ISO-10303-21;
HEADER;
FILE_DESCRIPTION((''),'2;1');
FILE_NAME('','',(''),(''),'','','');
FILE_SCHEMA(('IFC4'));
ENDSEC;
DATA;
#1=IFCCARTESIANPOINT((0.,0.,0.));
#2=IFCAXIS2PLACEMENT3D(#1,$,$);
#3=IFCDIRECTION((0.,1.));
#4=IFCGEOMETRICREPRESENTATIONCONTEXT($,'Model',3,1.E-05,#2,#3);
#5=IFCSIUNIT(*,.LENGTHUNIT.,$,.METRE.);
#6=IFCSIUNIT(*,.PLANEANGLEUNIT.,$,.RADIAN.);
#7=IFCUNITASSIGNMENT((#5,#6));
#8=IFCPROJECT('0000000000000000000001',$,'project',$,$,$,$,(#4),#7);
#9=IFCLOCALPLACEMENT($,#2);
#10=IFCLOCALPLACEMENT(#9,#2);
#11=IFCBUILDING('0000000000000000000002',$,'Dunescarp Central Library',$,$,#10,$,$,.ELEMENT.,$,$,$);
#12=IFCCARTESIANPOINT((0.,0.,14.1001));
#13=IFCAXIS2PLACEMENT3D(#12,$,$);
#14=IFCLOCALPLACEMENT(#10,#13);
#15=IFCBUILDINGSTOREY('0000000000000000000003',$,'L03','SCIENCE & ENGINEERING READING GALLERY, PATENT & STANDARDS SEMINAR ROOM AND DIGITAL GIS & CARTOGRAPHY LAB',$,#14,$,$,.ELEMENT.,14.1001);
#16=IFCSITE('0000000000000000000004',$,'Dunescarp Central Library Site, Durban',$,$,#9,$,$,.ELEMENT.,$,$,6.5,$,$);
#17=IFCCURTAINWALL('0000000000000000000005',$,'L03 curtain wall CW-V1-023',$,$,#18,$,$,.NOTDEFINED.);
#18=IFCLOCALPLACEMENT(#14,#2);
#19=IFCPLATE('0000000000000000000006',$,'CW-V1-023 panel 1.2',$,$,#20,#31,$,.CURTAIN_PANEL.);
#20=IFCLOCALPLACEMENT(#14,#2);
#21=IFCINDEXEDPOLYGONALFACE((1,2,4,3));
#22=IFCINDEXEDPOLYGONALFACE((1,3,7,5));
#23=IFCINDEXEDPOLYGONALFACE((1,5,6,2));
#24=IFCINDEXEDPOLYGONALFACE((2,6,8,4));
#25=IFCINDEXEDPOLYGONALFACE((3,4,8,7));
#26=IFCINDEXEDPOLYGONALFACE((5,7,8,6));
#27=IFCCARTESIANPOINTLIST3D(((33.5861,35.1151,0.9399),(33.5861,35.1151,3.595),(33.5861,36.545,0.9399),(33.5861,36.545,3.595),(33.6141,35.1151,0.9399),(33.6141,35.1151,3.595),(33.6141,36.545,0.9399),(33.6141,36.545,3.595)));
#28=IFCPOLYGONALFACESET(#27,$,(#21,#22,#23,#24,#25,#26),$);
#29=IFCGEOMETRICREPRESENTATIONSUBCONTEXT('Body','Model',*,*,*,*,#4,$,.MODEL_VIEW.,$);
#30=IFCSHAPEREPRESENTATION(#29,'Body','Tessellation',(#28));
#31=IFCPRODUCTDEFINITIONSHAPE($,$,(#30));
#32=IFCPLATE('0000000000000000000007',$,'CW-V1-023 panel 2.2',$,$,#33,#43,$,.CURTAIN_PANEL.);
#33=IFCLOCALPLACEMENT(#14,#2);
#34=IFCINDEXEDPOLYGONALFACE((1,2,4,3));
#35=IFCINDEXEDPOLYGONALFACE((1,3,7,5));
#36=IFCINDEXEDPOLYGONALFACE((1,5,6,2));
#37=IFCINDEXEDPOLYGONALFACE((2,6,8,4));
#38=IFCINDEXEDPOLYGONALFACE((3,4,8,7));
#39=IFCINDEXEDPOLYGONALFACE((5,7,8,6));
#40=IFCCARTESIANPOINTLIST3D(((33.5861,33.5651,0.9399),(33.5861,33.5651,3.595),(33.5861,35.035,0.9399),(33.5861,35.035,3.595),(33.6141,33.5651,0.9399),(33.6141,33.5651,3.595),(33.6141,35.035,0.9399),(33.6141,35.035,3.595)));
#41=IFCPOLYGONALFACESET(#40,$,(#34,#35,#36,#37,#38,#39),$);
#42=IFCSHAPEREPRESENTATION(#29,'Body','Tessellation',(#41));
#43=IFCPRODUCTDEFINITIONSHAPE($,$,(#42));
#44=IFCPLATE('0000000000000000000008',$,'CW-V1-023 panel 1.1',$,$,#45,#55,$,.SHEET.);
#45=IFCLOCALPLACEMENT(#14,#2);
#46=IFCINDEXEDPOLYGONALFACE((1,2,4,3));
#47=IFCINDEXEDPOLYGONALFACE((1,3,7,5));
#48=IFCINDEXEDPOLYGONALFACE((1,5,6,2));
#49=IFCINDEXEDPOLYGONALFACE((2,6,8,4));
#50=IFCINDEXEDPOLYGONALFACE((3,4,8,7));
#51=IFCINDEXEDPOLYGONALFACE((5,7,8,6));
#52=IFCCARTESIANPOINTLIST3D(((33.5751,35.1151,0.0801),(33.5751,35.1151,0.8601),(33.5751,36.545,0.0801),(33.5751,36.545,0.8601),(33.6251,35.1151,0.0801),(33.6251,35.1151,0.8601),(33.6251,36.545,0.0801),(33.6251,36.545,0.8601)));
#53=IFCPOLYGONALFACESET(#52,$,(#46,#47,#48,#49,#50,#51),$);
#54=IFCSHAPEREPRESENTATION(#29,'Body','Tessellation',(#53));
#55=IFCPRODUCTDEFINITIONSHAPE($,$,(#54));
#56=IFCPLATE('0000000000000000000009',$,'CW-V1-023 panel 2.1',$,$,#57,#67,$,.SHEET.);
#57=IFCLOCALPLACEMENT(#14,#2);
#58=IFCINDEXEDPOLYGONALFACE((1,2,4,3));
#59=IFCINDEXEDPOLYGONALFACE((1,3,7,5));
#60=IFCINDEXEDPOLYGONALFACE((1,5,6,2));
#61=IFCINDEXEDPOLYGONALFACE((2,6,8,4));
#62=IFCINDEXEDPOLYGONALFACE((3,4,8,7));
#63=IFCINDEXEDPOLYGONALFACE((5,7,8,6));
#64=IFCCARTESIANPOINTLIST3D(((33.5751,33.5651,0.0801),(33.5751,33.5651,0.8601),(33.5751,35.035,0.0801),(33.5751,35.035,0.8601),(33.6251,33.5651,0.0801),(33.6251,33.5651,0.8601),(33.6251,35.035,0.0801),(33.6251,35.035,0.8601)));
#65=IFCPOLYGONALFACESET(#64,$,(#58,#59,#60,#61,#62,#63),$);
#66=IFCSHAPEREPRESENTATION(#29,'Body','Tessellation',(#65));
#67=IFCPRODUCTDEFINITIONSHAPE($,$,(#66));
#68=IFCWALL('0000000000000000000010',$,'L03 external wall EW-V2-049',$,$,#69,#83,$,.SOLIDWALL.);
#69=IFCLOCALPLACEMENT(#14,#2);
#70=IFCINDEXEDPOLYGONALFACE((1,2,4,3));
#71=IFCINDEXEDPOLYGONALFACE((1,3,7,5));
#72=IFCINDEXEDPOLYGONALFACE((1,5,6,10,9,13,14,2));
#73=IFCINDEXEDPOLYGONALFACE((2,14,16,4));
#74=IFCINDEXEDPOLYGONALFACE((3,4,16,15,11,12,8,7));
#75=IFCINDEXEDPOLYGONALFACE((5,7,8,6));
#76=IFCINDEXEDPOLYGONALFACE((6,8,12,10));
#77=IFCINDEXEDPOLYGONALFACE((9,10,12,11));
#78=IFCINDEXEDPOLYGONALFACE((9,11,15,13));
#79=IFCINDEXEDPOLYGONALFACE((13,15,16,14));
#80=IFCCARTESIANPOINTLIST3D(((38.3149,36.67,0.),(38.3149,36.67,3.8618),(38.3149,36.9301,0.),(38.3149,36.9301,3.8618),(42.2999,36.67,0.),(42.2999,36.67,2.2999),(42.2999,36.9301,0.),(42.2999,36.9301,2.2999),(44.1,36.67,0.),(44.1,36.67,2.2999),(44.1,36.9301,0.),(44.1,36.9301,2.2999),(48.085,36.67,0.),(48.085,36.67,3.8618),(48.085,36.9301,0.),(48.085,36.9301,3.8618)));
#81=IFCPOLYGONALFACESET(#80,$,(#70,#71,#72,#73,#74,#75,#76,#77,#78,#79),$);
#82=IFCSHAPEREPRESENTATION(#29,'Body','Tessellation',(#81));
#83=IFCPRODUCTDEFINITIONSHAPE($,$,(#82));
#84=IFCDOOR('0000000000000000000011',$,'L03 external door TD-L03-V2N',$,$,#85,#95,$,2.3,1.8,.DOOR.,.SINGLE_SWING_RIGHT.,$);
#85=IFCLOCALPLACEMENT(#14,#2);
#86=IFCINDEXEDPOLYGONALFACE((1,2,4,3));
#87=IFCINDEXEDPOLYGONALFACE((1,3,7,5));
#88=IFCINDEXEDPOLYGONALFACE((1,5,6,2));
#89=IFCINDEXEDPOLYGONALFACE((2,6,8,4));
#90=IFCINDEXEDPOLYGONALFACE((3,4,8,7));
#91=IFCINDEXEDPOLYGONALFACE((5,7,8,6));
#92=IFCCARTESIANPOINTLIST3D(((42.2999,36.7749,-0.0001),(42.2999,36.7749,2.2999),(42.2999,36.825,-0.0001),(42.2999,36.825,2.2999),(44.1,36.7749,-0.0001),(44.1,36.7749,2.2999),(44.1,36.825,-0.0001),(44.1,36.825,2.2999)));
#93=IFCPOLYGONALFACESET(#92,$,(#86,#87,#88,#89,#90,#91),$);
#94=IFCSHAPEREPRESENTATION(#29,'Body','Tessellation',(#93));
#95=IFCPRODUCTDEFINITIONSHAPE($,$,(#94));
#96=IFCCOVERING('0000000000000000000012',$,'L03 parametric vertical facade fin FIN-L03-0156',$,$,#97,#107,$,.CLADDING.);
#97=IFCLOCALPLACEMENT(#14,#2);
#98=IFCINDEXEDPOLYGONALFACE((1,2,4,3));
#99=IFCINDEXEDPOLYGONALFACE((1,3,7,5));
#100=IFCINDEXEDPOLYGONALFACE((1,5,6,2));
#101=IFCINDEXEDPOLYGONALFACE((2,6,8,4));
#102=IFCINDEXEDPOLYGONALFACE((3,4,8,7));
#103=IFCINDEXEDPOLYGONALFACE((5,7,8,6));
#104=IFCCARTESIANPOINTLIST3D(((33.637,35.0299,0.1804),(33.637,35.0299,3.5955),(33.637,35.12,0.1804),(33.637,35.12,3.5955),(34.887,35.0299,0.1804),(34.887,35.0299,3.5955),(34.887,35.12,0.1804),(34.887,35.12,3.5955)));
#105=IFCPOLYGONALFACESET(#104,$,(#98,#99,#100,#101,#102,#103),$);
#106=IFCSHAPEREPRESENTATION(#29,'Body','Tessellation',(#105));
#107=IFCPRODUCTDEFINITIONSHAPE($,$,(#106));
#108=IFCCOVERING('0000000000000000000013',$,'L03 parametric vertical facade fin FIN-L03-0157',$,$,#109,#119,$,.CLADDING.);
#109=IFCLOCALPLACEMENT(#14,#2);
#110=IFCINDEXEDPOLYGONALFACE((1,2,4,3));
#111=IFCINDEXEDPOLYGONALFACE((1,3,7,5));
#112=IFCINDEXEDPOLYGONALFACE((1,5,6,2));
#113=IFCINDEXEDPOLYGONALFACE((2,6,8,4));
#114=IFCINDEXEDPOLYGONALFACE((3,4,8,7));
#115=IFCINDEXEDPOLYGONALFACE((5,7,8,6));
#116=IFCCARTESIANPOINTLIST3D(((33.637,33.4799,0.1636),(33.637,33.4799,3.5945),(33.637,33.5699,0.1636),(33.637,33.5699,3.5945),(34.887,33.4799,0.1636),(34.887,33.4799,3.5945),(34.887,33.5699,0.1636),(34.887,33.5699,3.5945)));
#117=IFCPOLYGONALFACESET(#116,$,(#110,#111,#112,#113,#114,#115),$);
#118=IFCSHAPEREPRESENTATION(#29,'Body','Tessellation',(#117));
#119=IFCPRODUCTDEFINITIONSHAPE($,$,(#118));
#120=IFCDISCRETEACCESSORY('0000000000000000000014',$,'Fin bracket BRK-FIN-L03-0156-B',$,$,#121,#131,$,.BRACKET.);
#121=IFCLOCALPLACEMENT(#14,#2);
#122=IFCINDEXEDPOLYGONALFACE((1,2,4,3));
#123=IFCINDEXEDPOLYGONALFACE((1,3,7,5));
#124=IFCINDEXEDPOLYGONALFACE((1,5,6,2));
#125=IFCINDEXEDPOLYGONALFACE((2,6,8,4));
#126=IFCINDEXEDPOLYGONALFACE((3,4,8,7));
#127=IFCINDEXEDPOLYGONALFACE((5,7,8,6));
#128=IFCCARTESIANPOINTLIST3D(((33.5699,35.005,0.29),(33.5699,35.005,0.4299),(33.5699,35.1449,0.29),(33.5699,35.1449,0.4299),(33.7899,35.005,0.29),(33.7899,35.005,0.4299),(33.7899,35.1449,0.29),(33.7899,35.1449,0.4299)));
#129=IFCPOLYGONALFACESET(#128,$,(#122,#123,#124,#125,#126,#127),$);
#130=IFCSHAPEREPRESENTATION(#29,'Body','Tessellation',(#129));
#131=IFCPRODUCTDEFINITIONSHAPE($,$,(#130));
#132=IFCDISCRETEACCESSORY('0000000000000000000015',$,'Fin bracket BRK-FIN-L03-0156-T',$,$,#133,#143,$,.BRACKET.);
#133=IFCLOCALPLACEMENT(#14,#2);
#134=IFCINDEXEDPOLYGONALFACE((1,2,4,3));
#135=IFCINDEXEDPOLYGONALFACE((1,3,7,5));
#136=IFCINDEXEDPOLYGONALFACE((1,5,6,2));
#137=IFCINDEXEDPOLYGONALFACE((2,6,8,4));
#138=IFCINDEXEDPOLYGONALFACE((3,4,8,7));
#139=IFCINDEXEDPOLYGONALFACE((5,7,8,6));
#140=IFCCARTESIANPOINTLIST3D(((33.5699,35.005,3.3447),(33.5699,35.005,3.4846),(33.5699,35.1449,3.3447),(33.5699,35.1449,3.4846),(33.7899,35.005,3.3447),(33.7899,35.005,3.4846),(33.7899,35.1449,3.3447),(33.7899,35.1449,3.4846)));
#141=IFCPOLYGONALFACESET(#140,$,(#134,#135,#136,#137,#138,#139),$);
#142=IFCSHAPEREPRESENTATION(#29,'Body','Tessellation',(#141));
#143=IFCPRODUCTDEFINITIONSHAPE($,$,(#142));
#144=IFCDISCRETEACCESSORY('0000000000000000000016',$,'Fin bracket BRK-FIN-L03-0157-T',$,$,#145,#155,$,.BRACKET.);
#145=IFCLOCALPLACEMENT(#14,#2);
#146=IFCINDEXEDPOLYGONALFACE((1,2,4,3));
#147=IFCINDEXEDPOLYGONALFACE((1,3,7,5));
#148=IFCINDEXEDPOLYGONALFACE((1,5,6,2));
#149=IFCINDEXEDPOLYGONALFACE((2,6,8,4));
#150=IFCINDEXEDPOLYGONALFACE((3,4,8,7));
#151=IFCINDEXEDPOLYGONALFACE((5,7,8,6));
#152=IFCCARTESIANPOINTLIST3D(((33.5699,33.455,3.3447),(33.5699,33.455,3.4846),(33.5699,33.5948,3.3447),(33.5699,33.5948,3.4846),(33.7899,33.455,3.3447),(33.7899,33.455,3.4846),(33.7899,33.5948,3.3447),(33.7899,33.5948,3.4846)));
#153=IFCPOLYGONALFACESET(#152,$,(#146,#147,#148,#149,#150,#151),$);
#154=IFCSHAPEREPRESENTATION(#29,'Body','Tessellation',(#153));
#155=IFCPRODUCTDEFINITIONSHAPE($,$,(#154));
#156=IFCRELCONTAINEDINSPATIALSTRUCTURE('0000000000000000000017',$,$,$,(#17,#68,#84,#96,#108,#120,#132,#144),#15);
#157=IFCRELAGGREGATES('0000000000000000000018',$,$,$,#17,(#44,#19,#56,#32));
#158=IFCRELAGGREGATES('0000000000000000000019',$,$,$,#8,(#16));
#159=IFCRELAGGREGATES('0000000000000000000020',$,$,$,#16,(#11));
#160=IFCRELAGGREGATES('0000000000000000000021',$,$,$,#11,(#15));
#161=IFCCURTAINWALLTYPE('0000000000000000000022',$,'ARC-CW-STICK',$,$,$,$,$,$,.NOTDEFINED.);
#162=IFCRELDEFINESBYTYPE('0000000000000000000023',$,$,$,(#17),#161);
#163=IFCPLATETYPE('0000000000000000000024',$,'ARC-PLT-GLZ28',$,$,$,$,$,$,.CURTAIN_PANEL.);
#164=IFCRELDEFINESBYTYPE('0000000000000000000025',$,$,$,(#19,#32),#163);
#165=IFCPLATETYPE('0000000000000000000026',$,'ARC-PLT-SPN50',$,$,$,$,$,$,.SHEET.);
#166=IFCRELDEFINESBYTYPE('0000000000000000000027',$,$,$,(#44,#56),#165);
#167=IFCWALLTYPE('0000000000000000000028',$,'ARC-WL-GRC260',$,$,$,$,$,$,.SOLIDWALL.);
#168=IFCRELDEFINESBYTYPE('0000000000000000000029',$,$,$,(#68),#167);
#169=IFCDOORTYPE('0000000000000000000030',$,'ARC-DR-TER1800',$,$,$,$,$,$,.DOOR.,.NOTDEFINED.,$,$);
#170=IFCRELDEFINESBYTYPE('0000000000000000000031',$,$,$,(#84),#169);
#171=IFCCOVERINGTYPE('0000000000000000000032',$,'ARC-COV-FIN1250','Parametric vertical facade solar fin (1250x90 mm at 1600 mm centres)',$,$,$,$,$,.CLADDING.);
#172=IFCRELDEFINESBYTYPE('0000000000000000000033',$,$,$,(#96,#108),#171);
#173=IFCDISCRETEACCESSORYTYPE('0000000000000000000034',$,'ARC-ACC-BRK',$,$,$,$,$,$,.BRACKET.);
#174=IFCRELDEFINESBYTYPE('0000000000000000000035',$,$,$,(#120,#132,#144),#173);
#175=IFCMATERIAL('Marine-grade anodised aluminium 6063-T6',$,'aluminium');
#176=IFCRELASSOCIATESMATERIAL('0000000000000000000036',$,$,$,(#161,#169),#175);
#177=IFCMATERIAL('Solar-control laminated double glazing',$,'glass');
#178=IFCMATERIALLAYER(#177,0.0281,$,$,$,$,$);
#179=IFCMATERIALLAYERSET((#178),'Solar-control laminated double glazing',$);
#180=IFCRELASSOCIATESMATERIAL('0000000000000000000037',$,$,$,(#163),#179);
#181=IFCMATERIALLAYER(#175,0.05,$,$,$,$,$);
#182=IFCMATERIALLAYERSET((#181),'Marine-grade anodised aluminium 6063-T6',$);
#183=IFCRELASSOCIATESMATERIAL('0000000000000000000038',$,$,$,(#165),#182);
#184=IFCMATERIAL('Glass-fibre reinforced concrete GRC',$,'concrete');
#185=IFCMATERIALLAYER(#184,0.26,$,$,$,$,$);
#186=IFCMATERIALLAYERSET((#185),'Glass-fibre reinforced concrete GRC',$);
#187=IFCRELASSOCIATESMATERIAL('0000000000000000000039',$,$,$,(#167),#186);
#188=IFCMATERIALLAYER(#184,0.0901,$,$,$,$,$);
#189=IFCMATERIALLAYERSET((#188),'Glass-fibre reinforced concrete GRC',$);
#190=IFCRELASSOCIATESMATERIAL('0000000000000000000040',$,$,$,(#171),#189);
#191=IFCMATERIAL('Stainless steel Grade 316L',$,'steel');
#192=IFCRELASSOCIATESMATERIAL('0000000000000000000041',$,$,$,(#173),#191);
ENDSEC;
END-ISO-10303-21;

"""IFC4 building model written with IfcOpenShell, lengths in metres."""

from ifc_helpers import new_model, si_unit, direction, frame, frame_2d, origin, origin_2d, place, context, subcontext, project, spatial, rectangle, extrude, material, layer, layer_set, type_object, element, fill, aggregate, save


model = new_model("IFC4")

# Units and contexts
model_context = context("Model", 3, precision=1e-05, world=origin(), true_north=direction((0.0, 1.0)))
body_context = subcontext(model_context, "Body", "Model", "MODEL_VIEW")
ifc_project = project(units=[si_unit("LENGTHUNIT", "METRE"), si_unit("PLANEANGLEUNIT", "RADIAN")], contexts=[model_context])

# Site, building, storey
site_placement = place(None, origin())
site = spatial("IfcSite", under=ifc_project, at=site_placement, Name="Dunescarp Central Library Site, Durban", CompositionType="ELEMENT", RefElevation=6.5)
building_placement = place(site_placement, origin())
building = spatial("IfcBuilding", under=site, at=building_placement, Name="Dunescarp Central Library", CompositionType="ELEMENT")
storey_placement = place(building_placement, frame((0.0, 0.0, 14.1001)))
storey = spatial("IfcBuildingStorey", under=building, at=storey_placement, Name="L03", Description="SCIENCE & ENGINEERING READING GALLERY, PATENT & STANDARDS SEMINAR ROOM AND DIGITAL GIS & CARTOGRAPHY LAB", CompositionType="ELEMENT", Elevation=14.1001)

# Shared definitions
ifc_material_1 = material(Name="Marine-grade anodised aluminium 6063-T6", Category="aluminium")
curtain_wall_type = type_object("IfcCurtainWallType", Name="ARC-CW-STICK", PredefinedType="NOTDEFINED", material=ifc_material_1)

# Curtain wall
curtain_wall_1_placement = place(storey_placement, origin())
curtain_wall_1 = element("IfcCurtainWall", 1, at=curtain_wall_1_placement, inside=storey, type_object=curtain_wall_type, Name="L03 curtain wall CW-V1-023", PredefinedType="NOTDEFINED")

# Plates
ifc_material_2 = material(Name="Solar-control laminated double glazing", Category="glass")
ifc_layer_1 = layer(ifc_material_2, 0.0281)
ifc_layer_set_1 = layer_set([ifc_layer_1], Name="Solar-control laminated double glazing")
plate_type_1 = type_object("IfcPlateType", Name="ARC-PLT-GLZ28", PredefinedType="CURTAIN_PANEL", material=ifc_layer_set_1)
plate_1_placement = place(storey_placement, frame((33.6001, 35.8301, 0.9399), z_axis=(0.0, 0.0, 1.0), x_axis=(0.0, -1.0, 0.0)))
plate_1 = element("IfcPlate", 2, at=plate_1_placement, type_object=plate_type_1, Name="CW-V1-023 panel 1.2", PredefinedType="CURTAIN_PANEL", context=body_context, shape_type="SweptSolid", body=[
    extrude(rectangle(XDim=1.4299, YDim=0.0281, at=origin_2d()), origin(), (0.0, 0.0, 1.0), 2.655),
])
plate_2_placement = place(storey_placement, frame((33.6001, 34.3, 0.9399), z_axis=(0.0, 0.0, 1.0), x_axis=(0.0, -1.0, 0.0)))
plate_2 = element("IfcPlate", 3, at=plate_2_placement, type_object=plate_type_1, Name="CW-V1-023 panel 2.2", PredefinedType="CURTAIN_PANEL", context=body_context, shape_type="SweptSolid", body=[
    extrude(rectangle(XDim=1.47, YDim=0.0281, at=origin_2d()), origin(), (0.0, 0.0, 1.0), 2.655),
])
ifc_layer_2 = layer(ifc_material_1, 0.05)
ifc_layer_set_2 = layer_set([ifc_layer_2], Name="Marine-grade anodised aluminium 6063-T6")
plate_type_2 = type_object("IfcPlateType", Name="ARC-PLT-SPN50", PredefinedType="SHEET", material=ifc_layer_set_2)
plate_3_placement = place(storey_placement, frame((33.6001, 35.8301, 0.0801), z_axis=(0.0, 0.0, 1.0), x_axis=(0.0, -1.0, 0.0)))
plate_3 = element("IfcPlate", 4, at=plate_3_placement, type_object=plate_type_2, Name="CW-V1-023 panel 1.1", PredefinedType="SHEET", context=body_context, shape_type="SweptSolid", body=[
    extrude(rectangle(XDim=1.4299, YDim=0.05, at=origin_2d()), origin(), (0.0, 0.0, 1.0), 0.78),
])
plate_4_placement = place(storey_placement, frame((33.6001, 34.3, 0.0801), z_axis=(0.0, 0.0, 1.0), x_axis=(0.0, -1.0, 0.0)))
plate_4 = element("IfcPlate", 5, at=plate_4_placement, type_object=plate_type_2, Name="CW-V1-023 panel 2.1", PredefinedType="SHEET", context=body_context, shape_type="SweptSolid", body=[
    extrude(rectangle(XDim=1.47, YDim=0.05, at=origin_2d()), origin(), (0.0, 0.0, 1.0), 0.78),
])
aggregate(curtain_wall_1, [plate_3, plate_1, plate_4, plate_2])

# Wall, opening, door
ifc_material_3 = material(Name="Glass-fibre reinforced concrete GRC", Category="concrete")
ifc_layer_3 = layer(ifc_material_3, 0.26)
ifc_layer_set_3 = layer_set([ifc_layer_3], Name="Glass-fibre reinforced concrete GRC")
wall_type = type_object("IfcWallType", Name="ARC-WL-GRC260", PredefinedType="SOLIDWALL", material=ifc_layer_set_3)
wall_placement = place(storey_placement, frame((38.3149, 36.8, 0.0), z_axis=(0.0, 0.0, 1.0), x_axis=(1.0, 0.0, 0.0)))
wall = element("IfcWall", 6, at=wall_placement, inside=storey, type_object=wall_type, Name="L03 external wall EW-V2-049", PredefinedType="SOLIDWALL", context=body_context, shape_type="SweptSolid", body=[
    extrude(rectangle(XDim=9.77, YDim=0.26, at=frame_2d((4.885, 0.0))), origin(), (0.0, 0.0, 1.0), 3.8618),
])
opening_placement = place(wall_placement, frame((3.9851, 0.0, 0.0)))
opening = element("IfcOpeningElement", 7, at=opening_placement, cuts=wall, PredefinedType="OPENING", context=body_context, shape_type="SweptSolid", body=[
    extrude(rectangle(XDim=1.8, YDim=2.3, at=frame_2d((0.8999, 1.1499))), frame((0.0, 0.1401, 0.0), z_axis=(0.0, -1.0, 0.0), x_axis=(1.0, 0.0, 0.0)), (0.0, 0.0, 1.0), 0.28),
])
door_type = type_object("IfcDoorType", Name="ARC-DR-TER1800", OperationType="NOTDEFINED", PredefinedType="DOOR", material=ifc_material_1)
door_placement = place(opening_placement, origin())
door = element("IfcDoor", 8, at=door_placement, inside=storey, type_object=door_type, Name="L03 external door TD-L03-V2N", OperationType="SINGLE_SWING_RIGHT", OverallHeight=2.3, OverallWidth=1.8, PredefinedType="DOOR", context=body_context, shape_type="SweptSolid", body=[
    extrude(rectangle(XDim=1.8, YDim=2.3, at=frame_2d((0.8999, 1.1499))), frame((0.0, 0.0249, 0.0), z_axis=(0.0, -1.0, 0.0), x_axis=(1.0, 0.0, 0.0)), (0.0, 0.0, 1.0), 0.05),
])
fill(opening, door)

# Coverings
ifc_layer_4 = layer(ifc_material_3, 0.0901)
ifc_layer_set_4 = layer_set([ifc_layer_4], Name="Glass-fibre reinforced concrete GRC")
covering_type = type_object("IfcCoveringType", Name="ARC-COV-FIN1250", Description="Parametric vertical facade solar fin (1250x90 mm at 1600 mm centres)", PredefinedType="CLADDING", material=ifc_layer_set_4)
covering_1_placement = place(storey_placement, frame((34.262, 35.075, 0.1804), z_axis=(0.0, 0.0, 1.0), x_axis=(1.0, 0.0, 0.0)))
element("IfcCovering", 9, at=covering_1_placement, inside=storey, type_object=covering_type, Name="L03 parametric vertical facade fin FIN-L03-0156", PredefinedType="CLADDING", context=body_context, shape_type="SweptSolid", body=[
    extrude(rectangle(XDim=1.25, YDim=0.0901, at=origin_2d()), origin(), (0.0, 0.0, 1.0), 3.415),
])
covering_2_placement = place(storey_placement, frame((34.262, 33.5249, 0.1636), z_axis=(0.0, 0.0, 1.0), x_axis=(1.0, 0.0, 0.0)))
element("IfcCovering", 10, at=covering_2_placement, inside=storey, type_object=covering_type, Name="L03 parametric vertical facade fin FIN-L03-0157", PredefinedType="CLADDING", context=body_context, shape_type="SweptSolid", body=[
    extrude(rectangle(XDim=1.25, YDim=0.0901, at=origin_2d()), origin(), (0.0, 0.0, 1.0), 3.4309),
])

# Discrete accessories
ifc_material_4 = material(Name="Stainless steel Grade 316L", Category="steel")
discrete_accessory_type = type_object("IfcDiscreteAccessoryType", Name="ARC-ACC-BRK", PredefinedType="BRACKET", material=ifc_material_4)
for number, where, z_axis, x_axis, name in (
    (11, (33.6799, 35.075, 0.29), (0.0, 0.0, 1.0), (1.0, 0.0, 0.0), "Fin bracket BRK-FIN-L03-0156-B"),
    (12, (33.6799, 35.075, 3.3447), (0.0, 0.0, 1.0), (1.0, 0.0, 0.0), "Fin bracket BRK-FIN-L03-0156-T"),
    (13, (33.6799, 33.5249, 3.3447), (0.0, 0.0, 1.0), (1.0, 0.0, 0.0), "Fin bracket BRK-FIN-L03-0157-T"),
):
    element("IfcDiscreteAccessory", number, at=place(storey_placement, frame(where, z_axis=z_axis, x_axis=x_axis)), inside=storey, type_object=discrete_accessory_type, Name=name, PredefinedType="BRACKET", context=body_context, shape_type="SweptSolid", body=[
        extrude(rectangle(XDim=0.22, YDim=0.1399, at=origin_2d()), origin(), (0.0, 0.0, 1.0), 0.1399),
    ])

save(model, "model.ifc")
